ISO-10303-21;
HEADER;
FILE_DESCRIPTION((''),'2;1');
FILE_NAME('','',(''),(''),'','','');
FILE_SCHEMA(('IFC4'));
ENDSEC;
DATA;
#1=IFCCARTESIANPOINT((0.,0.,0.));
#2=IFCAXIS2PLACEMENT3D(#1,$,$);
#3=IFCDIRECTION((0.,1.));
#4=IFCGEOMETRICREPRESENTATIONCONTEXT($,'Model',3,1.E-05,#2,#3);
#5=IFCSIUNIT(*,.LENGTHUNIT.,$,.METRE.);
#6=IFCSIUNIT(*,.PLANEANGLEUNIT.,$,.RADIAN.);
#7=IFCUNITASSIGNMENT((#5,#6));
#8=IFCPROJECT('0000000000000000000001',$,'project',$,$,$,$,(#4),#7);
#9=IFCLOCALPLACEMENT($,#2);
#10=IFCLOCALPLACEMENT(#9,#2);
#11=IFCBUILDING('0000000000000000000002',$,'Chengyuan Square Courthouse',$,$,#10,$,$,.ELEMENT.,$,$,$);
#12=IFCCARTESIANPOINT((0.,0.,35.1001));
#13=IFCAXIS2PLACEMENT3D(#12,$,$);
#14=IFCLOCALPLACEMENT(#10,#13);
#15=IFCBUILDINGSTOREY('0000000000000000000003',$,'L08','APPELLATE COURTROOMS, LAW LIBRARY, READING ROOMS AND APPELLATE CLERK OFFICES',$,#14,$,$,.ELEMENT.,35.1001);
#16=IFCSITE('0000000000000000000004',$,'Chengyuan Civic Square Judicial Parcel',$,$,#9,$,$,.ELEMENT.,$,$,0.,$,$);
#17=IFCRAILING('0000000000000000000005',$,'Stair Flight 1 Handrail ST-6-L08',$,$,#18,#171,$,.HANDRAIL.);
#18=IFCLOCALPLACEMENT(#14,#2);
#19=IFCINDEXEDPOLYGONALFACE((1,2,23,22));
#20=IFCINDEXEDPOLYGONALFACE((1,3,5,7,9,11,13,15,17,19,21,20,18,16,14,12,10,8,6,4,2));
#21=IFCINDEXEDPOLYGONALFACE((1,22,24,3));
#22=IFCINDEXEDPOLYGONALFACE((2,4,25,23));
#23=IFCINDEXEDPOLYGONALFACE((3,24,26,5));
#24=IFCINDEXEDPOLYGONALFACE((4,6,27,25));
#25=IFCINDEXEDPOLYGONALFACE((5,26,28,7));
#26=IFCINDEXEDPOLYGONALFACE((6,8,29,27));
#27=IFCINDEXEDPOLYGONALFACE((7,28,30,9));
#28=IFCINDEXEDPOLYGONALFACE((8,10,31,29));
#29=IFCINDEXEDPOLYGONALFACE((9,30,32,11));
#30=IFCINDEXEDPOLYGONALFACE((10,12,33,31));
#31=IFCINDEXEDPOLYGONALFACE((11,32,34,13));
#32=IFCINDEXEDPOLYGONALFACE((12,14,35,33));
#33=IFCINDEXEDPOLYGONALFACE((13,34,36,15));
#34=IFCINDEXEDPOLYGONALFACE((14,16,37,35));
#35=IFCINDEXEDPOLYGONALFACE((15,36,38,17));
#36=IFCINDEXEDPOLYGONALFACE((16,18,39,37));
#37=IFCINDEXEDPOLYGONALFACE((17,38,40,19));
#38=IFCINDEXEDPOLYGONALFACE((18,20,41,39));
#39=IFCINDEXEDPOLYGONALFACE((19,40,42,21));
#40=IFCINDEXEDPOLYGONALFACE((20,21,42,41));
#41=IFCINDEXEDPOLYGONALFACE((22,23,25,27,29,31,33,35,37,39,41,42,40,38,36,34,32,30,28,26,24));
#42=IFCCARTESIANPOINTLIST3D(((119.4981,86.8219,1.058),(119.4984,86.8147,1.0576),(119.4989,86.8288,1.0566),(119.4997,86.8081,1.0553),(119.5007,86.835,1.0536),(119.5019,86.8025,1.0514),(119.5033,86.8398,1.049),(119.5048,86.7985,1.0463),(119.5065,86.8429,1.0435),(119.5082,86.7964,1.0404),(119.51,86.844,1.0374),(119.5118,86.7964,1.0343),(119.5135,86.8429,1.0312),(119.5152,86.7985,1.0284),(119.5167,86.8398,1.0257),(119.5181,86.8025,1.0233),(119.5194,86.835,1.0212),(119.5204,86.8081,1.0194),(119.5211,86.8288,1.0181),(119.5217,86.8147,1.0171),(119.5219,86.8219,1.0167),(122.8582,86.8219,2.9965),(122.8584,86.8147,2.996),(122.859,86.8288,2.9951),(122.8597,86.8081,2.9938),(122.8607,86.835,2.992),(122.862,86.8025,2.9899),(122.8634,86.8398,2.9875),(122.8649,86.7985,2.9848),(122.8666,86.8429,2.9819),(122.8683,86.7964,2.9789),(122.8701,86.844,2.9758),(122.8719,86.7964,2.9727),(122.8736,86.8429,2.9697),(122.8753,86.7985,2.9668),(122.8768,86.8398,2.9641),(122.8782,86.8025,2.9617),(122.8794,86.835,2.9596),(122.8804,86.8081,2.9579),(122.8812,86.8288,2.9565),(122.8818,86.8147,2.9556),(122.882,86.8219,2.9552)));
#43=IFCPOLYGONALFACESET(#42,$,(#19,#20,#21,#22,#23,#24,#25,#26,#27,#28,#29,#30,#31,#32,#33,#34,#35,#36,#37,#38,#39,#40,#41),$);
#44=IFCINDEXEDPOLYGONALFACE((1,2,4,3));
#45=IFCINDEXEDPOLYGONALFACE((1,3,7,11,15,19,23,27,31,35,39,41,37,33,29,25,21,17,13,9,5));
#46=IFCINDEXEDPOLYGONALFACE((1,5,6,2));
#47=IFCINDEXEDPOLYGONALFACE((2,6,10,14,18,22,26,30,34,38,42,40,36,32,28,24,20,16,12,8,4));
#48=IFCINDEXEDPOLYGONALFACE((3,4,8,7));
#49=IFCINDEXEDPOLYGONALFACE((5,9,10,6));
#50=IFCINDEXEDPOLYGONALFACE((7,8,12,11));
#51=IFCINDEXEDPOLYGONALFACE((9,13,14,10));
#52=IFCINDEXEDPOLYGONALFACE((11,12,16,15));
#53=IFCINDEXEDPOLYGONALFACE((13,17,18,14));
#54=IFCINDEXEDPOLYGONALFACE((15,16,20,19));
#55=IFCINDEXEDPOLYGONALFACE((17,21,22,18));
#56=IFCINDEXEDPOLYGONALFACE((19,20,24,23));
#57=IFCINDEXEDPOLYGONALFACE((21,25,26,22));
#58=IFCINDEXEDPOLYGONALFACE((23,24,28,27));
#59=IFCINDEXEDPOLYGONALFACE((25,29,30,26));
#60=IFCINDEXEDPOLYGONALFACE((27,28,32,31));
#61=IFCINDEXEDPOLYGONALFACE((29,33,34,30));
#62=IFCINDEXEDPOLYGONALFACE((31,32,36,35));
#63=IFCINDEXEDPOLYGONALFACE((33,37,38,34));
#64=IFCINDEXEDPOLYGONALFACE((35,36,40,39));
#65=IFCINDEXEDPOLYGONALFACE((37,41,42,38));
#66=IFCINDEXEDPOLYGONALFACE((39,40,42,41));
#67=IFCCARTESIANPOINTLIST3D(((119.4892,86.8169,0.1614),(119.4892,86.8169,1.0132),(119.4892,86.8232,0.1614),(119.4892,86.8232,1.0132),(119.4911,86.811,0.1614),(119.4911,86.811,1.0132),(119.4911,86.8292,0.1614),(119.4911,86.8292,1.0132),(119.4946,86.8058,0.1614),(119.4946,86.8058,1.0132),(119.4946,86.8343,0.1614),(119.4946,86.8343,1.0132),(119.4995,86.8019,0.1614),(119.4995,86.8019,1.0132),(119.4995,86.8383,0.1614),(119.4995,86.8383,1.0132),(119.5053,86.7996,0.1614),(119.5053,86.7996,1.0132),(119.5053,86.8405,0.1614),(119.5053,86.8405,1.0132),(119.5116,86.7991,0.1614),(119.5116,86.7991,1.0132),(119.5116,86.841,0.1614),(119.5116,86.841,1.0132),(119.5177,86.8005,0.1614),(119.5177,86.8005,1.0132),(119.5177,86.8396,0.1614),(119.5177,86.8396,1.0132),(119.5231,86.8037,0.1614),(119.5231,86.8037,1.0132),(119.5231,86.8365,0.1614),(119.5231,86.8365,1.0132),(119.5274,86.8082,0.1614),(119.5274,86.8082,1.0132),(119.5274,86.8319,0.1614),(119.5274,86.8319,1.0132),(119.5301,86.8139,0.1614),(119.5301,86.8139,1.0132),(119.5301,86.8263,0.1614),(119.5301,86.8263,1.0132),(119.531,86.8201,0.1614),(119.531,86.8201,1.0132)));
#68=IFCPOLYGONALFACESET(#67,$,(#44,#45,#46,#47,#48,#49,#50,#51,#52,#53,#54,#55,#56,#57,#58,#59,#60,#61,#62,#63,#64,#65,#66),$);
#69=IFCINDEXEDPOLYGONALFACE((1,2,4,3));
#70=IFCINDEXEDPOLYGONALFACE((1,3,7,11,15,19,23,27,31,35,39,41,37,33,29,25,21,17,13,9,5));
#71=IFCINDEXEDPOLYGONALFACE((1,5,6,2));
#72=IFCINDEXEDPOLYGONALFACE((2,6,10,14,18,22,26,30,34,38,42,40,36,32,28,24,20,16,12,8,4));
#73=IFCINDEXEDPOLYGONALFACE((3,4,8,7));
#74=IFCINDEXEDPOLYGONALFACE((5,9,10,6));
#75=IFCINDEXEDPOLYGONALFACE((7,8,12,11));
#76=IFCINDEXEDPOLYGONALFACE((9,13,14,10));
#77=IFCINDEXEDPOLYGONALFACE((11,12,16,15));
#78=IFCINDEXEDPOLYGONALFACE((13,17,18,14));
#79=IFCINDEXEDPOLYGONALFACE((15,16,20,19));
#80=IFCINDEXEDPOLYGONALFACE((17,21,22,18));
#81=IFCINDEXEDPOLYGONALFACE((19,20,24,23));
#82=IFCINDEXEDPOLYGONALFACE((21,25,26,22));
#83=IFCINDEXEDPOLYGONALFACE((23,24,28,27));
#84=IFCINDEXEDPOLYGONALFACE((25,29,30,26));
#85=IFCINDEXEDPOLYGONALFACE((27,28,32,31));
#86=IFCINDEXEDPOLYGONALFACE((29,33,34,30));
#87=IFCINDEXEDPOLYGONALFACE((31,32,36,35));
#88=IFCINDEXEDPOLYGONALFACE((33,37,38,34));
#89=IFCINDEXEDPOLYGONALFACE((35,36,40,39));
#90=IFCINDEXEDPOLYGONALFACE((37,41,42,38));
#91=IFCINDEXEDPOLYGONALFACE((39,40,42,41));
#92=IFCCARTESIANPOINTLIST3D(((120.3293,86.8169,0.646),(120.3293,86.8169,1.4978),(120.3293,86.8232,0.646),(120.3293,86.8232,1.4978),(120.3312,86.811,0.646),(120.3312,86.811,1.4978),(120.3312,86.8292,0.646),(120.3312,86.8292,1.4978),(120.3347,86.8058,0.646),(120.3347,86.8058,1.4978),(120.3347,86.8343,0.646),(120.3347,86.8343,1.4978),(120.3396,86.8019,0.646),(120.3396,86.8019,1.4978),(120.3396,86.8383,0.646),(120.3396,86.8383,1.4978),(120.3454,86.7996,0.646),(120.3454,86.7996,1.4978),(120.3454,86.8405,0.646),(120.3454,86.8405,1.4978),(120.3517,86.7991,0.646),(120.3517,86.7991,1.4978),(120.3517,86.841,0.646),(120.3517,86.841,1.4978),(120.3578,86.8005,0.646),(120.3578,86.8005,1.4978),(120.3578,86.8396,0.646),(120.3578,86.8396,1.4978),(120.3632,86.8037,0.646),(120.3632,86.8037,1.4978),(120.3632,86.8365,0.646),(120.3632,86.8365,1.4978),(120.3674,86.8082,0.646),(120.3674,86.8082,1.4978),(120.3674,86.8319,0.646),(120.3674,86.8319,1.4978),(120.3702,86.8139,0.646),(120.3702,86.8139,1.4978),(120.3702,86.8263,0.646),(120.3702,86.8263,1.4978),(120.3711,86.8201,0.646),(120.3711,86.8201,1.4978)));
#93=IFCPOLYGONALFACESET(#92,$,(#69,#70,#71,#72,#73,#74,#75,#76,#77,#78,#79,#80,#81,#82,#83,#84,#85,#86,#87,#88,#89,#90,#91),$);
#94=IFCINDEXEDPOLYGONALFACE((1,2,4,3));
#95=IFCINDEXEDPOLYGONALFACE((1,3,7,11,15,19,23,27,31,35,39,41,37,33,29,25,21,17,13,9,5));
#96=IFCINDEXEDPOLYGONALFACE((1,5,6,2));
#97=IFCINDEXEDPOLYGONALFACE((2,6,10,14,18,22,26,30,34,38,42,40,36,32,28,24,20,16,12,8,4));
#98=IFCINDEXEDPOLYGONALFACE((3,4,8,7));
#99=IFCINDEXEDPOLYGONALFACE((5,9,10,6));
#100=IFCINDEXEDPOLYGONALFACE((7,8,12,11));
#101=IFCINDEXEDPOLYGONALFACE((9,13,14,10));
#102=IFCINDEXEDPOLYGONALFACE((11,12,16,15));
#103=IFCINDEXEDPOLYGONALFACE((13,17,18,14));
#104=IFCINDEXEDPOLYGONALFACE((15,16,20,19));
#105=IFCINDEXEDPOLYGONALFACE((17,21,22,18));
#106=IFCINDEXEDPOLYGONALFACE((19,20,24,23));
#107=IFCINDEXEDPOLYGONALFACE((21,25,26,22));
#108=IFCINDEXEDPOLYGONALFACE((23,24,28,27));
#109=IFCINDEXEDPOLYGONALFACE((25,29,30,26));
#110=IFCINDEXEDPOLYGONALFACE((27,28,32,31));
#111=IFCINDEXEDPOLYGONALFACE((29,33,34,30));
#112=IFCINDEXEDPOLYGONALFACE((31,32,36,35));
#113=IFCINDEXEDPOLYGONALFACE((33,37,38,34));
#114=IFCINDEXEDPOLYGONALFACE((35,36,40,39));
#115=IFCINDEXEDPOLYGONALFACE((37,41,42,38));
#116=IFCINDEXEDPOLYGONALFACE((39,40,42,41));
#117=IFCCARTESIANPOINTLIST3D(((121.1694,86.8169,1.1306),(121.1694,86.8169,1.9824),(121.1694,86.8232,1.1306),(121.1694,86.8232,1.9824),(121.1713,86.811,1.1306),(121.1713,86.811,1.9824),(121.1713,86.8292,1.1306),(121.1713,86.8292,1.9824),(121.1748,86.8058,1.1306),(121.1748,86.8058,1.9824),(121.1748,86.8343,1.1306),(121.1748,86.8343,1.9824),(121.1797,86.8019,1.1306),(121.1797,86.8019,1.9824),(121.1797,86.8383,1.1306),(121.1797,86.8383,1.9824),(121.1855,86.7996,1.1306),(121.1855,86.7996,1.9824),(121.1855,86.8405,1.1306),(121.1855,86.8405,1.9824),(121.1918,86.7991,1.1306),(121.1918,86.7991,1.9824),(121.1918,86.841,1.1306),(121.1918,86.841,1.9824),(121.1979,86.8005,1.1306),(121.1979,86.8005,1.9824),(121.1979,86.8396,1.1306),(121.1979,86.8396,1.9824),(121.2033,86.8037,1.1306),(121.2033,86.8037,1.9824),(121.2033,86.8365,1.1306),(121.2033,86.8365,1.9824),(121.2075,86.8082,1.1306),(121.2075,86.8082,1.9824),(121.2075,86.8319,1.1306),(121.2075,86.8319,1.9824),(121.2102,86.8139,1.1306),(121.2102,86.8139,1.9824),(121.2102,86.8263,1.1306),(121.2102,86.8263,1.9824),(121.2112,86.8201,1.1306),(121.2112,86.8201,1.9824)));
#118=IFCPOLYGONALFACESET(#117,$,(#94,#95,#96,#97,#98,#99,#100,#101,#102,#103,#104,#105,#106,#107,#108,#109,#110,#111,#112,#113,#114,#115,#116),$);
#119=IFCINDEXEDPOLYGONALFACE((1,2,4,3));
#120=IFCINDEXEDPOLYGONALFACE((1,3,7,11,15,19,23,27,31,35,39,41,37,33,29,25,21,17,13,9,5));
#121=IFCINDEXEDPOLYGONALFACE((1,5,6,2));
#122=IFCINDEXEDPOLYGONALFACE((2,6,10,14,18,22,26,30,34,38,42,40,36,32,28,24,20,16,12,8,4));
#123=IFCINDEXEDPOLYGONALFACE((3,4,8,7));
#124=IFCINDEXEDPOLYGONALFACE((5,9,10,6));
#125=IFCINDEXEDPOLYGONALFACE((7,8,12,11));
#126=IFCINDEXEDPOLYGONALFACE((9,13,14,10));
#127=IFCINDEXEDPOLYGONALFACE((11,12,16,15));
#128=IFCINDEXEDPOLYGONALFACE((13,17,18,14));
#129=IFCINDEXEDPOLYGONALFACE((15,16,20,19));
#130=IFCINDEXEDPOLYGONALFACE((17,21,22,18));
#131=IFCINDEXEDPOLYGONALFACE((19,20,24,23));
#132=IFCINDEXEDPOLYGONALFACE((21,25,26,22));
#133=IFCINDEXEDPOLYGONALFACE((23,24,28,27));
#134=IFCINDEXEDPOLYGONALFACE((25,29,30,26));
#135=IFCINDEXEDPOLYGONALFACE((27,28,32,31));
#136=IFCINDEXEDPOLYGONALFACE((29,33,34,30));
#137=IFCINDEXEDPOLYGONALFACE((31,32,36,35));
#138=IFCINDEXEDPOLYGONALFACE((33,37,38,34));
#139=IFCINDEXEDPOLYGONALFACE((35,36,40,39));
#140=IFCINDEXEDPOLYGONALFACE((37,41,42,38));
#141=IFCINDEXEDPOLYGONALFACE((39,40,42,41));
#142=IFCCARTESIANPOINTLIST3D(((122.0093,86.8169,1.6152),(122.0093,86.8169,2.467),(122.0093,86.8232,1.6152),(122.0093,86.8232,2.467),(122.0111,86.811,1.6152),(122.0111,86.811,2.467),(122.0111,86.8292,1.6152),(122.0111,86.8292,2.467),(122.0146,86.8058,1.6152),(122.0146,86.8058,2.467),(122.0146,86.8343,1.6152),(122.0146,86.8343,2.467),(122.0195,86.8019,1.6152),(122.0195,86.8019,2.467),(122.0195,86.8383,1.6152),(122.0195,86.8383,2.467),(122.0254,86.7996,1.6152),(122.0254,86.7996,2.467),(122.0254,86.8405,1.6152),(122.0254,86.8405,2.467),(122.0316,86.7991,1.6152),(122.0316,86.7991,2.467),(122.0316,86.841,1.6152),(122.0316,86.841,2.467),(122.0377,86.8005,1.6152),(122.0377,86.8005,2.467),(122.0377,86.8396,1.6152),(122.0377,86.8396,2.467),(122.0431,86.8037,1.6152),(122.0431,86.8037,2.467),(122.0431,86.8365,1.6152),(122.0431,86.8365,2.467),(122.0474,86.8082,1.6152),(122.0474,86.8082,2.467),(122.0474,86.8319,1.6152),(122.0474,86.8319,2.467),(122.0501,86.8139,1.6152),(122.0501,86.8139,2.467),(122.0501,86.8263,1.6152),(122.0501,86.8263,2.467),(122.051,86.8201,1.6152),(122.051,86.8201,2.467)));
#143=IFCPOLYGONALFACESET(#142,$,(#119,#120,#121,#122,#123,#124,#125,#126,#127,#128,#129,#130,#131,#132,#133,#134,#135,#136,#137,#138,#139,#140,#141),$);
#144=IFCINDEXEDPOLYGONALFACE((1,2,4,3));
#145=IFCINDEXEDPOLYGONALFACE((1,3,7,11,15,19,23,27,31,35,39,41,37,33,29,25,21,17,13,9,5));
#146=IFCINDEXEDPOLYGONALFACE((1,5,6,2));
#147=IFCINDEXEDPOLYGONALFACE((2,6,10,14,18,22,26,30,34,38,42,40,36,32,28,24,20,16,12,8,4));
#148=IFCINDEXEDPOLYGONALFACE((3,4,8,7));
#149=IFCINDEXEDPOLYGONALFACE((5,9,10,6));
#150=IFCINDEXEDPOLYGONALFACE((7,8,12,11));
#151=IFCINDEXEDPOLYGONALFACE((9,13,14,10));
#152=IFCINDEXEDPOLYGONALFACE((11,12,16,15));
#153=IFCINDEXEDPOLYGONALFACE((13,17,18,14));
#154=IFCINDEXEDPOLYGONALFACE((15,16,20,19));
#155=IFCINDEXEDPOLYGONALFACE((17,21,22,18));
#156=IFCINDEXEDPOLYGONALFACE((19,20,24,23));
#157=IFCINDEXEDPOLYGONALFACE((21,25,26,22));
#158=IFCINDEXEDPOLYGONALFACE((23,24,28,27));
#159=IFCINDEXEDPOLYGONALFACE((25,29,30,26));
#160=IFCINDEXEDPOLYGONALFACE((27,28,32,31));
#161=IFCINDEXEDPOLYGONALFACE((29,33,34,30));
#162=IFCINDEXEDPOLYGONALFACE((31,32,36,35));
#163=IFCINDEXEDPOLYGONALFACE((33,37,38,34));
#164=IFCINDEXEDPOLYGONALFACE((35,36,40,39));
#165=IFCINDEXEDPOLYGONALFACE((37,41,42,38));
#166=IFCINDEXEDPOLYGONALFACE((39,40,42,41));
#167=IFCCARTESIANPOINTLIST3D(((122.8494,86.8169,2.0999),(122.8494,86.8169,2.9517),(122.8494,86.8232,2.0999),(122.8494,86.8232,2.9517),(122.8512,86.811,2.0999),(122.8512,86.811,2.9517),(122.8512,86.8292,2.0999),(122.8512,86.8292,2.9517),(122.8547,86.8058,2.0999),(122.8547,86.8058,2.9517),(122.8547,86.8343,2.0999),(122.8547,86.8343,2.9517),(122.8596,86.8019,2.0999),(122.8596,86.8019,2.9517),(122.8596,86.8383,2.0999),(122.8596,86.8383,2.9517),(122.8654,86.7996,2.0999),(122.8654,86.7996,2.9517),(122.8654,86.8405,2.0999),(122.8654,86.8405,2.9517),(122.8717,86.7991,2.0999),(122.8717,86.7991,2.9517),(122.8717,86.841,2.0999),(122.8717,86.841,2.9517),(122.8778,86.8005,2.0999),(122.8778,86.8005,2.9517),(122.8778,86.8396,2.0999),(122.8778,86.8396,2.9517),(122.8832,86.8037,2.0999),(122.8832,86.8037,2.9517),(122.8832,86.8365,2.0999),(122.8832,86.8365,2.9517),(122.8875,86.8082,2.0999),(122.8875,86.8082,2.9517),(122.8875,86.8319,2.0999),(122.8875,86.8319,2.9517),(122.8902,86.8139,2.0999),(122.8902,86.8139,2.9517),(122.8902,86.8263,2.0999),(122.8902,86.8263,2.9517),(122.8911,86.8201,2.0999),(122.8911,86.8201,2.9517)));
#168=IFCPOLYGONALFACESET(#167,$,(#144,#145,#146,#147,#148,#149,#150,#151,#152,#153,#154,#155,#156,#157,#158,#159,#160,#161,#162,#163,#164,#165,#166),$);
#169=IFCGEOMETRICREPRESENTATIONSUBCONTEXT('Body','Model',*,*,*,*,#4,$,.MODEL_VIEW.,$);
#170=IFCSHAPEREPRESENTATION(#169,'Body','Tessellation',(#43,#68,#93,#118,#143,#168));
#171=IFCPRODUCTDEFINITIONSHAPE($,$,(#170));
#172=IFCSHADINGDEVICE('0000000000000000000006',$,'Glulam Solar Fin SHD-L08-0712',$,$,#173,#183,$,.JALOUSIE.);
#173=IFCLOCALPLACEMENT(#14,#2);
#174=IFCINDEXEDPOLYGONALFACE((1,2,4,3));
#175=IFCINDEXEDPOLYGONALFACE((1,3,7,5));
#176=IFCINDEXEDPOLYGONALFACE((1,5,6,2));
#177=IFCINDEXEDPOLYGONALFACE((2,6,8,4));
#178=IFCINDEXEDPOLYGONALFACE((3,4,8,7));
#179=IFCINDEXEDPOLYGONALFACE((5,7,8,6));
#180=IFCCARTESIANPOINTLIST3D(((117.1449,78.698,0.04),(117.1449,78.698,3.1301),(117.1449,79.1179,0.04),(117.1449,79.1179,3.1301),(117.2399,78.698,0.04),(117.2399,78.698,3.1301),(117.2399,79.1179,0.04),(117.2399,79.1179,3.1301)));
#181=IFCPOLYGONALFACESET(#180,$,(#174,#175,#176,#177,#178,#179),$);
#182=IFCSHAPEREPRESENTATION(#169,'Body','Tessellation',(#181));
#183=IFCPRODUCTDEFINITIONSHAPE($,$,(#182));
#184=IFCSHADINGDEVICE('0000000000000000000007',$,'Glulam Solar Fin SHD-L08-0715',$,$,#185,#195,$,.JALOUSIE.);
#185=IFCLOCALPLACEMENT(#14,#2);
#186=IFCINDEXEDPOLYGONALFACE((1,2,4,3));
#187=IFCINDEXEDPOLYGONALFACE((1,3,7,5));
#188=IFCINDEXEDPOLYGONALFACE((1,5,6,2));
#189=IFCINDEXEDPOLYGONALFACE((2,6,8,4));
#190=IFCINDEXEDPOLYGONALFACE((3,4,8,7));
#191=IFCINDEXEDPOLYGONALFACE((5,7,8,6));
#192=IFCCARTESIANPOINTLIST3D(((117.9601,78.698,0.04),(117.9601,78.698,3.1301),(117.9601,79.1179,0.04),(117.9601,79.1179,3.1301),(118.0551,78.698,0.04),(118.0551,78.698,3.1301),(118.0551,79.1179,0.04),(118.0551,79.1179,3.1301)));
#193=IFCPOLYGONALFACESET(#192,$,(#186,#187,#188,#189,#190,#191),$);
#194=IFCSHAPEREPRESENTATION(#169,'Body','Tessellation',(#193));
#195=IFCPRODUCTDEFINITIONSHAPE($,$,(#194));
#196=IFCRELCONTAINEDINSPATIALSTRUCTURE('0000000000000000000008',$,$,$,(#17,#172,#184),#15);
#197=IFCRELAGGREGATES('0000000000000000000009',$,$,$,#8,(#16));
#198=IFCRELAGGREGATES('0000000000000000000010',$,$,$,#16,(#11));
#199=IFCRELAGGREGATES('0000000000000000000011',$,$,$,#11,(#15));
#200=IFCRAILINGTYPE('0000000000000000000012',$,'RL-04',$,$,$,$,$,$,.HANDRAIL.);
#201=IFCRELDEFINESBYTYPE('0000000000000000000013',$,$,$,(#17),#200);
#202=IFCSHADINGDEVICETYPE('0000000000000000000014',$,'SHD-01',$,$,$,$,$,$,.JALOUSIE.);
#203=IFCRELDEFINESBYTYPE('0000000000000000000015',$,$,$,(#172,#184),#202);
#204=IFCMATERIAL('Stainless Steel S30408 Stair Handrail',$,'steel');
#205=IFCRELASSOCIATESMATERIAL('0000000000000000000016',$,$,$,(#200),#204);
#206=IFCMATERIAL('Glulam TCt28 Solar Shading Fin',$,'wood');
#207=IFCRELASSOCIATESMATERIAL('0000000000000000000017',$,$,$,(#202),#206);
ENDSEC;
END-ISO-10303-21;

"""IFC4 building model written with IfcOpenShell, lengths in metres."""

from ifc_helpers import new_model, si_unit, direction, frame, origin, origin_2d, place, context, subcontext, project, spatial, rectangle, circle, extrude, material, type_object, element, save


model = new_model("IFC4")

# Units and contexts
model_context = context("Model", 3, precision=1e-05, world=origin(), true_north=direction((0.0, 1.0)))
body_context = subcontext(model_context, "Body", "Model", "MODEL_VIEW")
ifc_project = project(units=[si_unit("LENGTHUNIT", "METRE"), si_unit("PLANEANGLEUNIT", "RADIAN")], contexts=[model_context])

# Site, building, storey
site_placement = place(None, origin())
site = spatial("IfcSite", under=ifc_project, at=site_placement, Name="Chengyuan Civic Square Judicial Parcel", CompositionType="ELEMENT", RefElevation=0.0)
building_placement = place(site_placement, origin())
building = spatial("IfcBuilding", under=site, at=building_placement, Name="Chengyuan Square Courthouse", CompositionType="ELEMENT")
storey_placement = place(building_placement, frame((0.0, 0.0, 35.1001)))
storey = spatial("IfcBuildingStorey", under=building, at=storey_placement, Name="L08", Description="APPELLATE COURTROOMS, LAW LIBRARY, READING ROOMS AND APPELLATE CLERK OFFICES", CompositionType="ELEMENT", Elevation=35.1001)

# Railing
ifc_material_1 = material(Name="Stainless Steel S30408 Stair Handrail", Category="steel")
railing_type_1 = type_object("IfcRailingType", Name="RL-04", PredefinedType="HANDRAIL", material=ifc_material_1)
railing_1_placement = place(storey_placement, frame((119.51, 86.8201, 0.1614)))
element("IfcRailing", 1, at=railing_1_placement, inside=storey, type_object=railing_type_1, Name="Stair Flight 1 Handrail ST-6-L08", PredefinedType="HANDRAIL", context=body_context, shape_type="SweptSolid", body=[
    extrude(circle(Radius=0.0239, at=origin_2d()), frame((0.0, 0.0, 0.876), z_axis=(0.866191, 0.0, 0.499713), x_axis=(0.0, 1.0, 0.0)), (0.0, 0.0, 1.0), 3.8792),
    extrude(circle(Radius=0.021, at=origin_2d()), origin(), (0.0, 0.0, 1.0), 0.8518),
    extrude(circle(Radius=0.021, at=origin_2d()), frame((0.8401, 0.0, 0.4846)), (0.0, 0.0, 1.0), 0.8518),
    extrude(circle(Radius=0.021, at=origin_2d()), frame((1.6802, 0.0, 0.9692)), (0.0, 0.0, 1.0), 0.8518),
    extrude(circle(Radius=0.021, at=origin_2d()), frame((2.52, 0.0, 1.4539)), (0.0, 0.0, 1.0), 0.8518),
    extrude(circle(Radius=0.021, at=origin_2d()), frame((3.3601, 0.0, 1.9385)), (0.0, 0.0, 1.0), 0.8518),
])

# Shading devices
ifc_material_2 = material(Name="Glulam TCt28 Solar Shading Fin", Category="wood")
shading_device_type = type_object("IfcShadingDeviceType", Name="SHD-01", PredefinedType="JALOUSIE", material=ifc_material_2)
for number, where, z_axis, x_axis, name in (
    (2, (117.1924, 78.908, 0.04), (0.0, 0.0, 1.0), (0.0, 1.0, 0.0), "Glulam Solar Fin SHD-L08-0712"),
    (3, (118.0076, 78.908, 0.04), (0.0, 0.0, 1.0), (0.0, 1.0, 0.0), "Glulam Solar Fin SHD-L08-0715"),
):
    element("IfcShadingDevice", number, at=place(storey_placement, frame(where, z_axis=z_axis, x_axis=x_axis)), inside=storey, type_object=shading_device_type, Name=name, PredefinedType="JALOUSIE", context=body_context, shape_type="SweptSolid", body=[
        extrude(rectangle(XDim=0.4199, YDim=0.095, at=origin_2d()), origin(), (0.0, 0.0, 1.0), 3.0901),
    ])

save(model, "model.ifc")
